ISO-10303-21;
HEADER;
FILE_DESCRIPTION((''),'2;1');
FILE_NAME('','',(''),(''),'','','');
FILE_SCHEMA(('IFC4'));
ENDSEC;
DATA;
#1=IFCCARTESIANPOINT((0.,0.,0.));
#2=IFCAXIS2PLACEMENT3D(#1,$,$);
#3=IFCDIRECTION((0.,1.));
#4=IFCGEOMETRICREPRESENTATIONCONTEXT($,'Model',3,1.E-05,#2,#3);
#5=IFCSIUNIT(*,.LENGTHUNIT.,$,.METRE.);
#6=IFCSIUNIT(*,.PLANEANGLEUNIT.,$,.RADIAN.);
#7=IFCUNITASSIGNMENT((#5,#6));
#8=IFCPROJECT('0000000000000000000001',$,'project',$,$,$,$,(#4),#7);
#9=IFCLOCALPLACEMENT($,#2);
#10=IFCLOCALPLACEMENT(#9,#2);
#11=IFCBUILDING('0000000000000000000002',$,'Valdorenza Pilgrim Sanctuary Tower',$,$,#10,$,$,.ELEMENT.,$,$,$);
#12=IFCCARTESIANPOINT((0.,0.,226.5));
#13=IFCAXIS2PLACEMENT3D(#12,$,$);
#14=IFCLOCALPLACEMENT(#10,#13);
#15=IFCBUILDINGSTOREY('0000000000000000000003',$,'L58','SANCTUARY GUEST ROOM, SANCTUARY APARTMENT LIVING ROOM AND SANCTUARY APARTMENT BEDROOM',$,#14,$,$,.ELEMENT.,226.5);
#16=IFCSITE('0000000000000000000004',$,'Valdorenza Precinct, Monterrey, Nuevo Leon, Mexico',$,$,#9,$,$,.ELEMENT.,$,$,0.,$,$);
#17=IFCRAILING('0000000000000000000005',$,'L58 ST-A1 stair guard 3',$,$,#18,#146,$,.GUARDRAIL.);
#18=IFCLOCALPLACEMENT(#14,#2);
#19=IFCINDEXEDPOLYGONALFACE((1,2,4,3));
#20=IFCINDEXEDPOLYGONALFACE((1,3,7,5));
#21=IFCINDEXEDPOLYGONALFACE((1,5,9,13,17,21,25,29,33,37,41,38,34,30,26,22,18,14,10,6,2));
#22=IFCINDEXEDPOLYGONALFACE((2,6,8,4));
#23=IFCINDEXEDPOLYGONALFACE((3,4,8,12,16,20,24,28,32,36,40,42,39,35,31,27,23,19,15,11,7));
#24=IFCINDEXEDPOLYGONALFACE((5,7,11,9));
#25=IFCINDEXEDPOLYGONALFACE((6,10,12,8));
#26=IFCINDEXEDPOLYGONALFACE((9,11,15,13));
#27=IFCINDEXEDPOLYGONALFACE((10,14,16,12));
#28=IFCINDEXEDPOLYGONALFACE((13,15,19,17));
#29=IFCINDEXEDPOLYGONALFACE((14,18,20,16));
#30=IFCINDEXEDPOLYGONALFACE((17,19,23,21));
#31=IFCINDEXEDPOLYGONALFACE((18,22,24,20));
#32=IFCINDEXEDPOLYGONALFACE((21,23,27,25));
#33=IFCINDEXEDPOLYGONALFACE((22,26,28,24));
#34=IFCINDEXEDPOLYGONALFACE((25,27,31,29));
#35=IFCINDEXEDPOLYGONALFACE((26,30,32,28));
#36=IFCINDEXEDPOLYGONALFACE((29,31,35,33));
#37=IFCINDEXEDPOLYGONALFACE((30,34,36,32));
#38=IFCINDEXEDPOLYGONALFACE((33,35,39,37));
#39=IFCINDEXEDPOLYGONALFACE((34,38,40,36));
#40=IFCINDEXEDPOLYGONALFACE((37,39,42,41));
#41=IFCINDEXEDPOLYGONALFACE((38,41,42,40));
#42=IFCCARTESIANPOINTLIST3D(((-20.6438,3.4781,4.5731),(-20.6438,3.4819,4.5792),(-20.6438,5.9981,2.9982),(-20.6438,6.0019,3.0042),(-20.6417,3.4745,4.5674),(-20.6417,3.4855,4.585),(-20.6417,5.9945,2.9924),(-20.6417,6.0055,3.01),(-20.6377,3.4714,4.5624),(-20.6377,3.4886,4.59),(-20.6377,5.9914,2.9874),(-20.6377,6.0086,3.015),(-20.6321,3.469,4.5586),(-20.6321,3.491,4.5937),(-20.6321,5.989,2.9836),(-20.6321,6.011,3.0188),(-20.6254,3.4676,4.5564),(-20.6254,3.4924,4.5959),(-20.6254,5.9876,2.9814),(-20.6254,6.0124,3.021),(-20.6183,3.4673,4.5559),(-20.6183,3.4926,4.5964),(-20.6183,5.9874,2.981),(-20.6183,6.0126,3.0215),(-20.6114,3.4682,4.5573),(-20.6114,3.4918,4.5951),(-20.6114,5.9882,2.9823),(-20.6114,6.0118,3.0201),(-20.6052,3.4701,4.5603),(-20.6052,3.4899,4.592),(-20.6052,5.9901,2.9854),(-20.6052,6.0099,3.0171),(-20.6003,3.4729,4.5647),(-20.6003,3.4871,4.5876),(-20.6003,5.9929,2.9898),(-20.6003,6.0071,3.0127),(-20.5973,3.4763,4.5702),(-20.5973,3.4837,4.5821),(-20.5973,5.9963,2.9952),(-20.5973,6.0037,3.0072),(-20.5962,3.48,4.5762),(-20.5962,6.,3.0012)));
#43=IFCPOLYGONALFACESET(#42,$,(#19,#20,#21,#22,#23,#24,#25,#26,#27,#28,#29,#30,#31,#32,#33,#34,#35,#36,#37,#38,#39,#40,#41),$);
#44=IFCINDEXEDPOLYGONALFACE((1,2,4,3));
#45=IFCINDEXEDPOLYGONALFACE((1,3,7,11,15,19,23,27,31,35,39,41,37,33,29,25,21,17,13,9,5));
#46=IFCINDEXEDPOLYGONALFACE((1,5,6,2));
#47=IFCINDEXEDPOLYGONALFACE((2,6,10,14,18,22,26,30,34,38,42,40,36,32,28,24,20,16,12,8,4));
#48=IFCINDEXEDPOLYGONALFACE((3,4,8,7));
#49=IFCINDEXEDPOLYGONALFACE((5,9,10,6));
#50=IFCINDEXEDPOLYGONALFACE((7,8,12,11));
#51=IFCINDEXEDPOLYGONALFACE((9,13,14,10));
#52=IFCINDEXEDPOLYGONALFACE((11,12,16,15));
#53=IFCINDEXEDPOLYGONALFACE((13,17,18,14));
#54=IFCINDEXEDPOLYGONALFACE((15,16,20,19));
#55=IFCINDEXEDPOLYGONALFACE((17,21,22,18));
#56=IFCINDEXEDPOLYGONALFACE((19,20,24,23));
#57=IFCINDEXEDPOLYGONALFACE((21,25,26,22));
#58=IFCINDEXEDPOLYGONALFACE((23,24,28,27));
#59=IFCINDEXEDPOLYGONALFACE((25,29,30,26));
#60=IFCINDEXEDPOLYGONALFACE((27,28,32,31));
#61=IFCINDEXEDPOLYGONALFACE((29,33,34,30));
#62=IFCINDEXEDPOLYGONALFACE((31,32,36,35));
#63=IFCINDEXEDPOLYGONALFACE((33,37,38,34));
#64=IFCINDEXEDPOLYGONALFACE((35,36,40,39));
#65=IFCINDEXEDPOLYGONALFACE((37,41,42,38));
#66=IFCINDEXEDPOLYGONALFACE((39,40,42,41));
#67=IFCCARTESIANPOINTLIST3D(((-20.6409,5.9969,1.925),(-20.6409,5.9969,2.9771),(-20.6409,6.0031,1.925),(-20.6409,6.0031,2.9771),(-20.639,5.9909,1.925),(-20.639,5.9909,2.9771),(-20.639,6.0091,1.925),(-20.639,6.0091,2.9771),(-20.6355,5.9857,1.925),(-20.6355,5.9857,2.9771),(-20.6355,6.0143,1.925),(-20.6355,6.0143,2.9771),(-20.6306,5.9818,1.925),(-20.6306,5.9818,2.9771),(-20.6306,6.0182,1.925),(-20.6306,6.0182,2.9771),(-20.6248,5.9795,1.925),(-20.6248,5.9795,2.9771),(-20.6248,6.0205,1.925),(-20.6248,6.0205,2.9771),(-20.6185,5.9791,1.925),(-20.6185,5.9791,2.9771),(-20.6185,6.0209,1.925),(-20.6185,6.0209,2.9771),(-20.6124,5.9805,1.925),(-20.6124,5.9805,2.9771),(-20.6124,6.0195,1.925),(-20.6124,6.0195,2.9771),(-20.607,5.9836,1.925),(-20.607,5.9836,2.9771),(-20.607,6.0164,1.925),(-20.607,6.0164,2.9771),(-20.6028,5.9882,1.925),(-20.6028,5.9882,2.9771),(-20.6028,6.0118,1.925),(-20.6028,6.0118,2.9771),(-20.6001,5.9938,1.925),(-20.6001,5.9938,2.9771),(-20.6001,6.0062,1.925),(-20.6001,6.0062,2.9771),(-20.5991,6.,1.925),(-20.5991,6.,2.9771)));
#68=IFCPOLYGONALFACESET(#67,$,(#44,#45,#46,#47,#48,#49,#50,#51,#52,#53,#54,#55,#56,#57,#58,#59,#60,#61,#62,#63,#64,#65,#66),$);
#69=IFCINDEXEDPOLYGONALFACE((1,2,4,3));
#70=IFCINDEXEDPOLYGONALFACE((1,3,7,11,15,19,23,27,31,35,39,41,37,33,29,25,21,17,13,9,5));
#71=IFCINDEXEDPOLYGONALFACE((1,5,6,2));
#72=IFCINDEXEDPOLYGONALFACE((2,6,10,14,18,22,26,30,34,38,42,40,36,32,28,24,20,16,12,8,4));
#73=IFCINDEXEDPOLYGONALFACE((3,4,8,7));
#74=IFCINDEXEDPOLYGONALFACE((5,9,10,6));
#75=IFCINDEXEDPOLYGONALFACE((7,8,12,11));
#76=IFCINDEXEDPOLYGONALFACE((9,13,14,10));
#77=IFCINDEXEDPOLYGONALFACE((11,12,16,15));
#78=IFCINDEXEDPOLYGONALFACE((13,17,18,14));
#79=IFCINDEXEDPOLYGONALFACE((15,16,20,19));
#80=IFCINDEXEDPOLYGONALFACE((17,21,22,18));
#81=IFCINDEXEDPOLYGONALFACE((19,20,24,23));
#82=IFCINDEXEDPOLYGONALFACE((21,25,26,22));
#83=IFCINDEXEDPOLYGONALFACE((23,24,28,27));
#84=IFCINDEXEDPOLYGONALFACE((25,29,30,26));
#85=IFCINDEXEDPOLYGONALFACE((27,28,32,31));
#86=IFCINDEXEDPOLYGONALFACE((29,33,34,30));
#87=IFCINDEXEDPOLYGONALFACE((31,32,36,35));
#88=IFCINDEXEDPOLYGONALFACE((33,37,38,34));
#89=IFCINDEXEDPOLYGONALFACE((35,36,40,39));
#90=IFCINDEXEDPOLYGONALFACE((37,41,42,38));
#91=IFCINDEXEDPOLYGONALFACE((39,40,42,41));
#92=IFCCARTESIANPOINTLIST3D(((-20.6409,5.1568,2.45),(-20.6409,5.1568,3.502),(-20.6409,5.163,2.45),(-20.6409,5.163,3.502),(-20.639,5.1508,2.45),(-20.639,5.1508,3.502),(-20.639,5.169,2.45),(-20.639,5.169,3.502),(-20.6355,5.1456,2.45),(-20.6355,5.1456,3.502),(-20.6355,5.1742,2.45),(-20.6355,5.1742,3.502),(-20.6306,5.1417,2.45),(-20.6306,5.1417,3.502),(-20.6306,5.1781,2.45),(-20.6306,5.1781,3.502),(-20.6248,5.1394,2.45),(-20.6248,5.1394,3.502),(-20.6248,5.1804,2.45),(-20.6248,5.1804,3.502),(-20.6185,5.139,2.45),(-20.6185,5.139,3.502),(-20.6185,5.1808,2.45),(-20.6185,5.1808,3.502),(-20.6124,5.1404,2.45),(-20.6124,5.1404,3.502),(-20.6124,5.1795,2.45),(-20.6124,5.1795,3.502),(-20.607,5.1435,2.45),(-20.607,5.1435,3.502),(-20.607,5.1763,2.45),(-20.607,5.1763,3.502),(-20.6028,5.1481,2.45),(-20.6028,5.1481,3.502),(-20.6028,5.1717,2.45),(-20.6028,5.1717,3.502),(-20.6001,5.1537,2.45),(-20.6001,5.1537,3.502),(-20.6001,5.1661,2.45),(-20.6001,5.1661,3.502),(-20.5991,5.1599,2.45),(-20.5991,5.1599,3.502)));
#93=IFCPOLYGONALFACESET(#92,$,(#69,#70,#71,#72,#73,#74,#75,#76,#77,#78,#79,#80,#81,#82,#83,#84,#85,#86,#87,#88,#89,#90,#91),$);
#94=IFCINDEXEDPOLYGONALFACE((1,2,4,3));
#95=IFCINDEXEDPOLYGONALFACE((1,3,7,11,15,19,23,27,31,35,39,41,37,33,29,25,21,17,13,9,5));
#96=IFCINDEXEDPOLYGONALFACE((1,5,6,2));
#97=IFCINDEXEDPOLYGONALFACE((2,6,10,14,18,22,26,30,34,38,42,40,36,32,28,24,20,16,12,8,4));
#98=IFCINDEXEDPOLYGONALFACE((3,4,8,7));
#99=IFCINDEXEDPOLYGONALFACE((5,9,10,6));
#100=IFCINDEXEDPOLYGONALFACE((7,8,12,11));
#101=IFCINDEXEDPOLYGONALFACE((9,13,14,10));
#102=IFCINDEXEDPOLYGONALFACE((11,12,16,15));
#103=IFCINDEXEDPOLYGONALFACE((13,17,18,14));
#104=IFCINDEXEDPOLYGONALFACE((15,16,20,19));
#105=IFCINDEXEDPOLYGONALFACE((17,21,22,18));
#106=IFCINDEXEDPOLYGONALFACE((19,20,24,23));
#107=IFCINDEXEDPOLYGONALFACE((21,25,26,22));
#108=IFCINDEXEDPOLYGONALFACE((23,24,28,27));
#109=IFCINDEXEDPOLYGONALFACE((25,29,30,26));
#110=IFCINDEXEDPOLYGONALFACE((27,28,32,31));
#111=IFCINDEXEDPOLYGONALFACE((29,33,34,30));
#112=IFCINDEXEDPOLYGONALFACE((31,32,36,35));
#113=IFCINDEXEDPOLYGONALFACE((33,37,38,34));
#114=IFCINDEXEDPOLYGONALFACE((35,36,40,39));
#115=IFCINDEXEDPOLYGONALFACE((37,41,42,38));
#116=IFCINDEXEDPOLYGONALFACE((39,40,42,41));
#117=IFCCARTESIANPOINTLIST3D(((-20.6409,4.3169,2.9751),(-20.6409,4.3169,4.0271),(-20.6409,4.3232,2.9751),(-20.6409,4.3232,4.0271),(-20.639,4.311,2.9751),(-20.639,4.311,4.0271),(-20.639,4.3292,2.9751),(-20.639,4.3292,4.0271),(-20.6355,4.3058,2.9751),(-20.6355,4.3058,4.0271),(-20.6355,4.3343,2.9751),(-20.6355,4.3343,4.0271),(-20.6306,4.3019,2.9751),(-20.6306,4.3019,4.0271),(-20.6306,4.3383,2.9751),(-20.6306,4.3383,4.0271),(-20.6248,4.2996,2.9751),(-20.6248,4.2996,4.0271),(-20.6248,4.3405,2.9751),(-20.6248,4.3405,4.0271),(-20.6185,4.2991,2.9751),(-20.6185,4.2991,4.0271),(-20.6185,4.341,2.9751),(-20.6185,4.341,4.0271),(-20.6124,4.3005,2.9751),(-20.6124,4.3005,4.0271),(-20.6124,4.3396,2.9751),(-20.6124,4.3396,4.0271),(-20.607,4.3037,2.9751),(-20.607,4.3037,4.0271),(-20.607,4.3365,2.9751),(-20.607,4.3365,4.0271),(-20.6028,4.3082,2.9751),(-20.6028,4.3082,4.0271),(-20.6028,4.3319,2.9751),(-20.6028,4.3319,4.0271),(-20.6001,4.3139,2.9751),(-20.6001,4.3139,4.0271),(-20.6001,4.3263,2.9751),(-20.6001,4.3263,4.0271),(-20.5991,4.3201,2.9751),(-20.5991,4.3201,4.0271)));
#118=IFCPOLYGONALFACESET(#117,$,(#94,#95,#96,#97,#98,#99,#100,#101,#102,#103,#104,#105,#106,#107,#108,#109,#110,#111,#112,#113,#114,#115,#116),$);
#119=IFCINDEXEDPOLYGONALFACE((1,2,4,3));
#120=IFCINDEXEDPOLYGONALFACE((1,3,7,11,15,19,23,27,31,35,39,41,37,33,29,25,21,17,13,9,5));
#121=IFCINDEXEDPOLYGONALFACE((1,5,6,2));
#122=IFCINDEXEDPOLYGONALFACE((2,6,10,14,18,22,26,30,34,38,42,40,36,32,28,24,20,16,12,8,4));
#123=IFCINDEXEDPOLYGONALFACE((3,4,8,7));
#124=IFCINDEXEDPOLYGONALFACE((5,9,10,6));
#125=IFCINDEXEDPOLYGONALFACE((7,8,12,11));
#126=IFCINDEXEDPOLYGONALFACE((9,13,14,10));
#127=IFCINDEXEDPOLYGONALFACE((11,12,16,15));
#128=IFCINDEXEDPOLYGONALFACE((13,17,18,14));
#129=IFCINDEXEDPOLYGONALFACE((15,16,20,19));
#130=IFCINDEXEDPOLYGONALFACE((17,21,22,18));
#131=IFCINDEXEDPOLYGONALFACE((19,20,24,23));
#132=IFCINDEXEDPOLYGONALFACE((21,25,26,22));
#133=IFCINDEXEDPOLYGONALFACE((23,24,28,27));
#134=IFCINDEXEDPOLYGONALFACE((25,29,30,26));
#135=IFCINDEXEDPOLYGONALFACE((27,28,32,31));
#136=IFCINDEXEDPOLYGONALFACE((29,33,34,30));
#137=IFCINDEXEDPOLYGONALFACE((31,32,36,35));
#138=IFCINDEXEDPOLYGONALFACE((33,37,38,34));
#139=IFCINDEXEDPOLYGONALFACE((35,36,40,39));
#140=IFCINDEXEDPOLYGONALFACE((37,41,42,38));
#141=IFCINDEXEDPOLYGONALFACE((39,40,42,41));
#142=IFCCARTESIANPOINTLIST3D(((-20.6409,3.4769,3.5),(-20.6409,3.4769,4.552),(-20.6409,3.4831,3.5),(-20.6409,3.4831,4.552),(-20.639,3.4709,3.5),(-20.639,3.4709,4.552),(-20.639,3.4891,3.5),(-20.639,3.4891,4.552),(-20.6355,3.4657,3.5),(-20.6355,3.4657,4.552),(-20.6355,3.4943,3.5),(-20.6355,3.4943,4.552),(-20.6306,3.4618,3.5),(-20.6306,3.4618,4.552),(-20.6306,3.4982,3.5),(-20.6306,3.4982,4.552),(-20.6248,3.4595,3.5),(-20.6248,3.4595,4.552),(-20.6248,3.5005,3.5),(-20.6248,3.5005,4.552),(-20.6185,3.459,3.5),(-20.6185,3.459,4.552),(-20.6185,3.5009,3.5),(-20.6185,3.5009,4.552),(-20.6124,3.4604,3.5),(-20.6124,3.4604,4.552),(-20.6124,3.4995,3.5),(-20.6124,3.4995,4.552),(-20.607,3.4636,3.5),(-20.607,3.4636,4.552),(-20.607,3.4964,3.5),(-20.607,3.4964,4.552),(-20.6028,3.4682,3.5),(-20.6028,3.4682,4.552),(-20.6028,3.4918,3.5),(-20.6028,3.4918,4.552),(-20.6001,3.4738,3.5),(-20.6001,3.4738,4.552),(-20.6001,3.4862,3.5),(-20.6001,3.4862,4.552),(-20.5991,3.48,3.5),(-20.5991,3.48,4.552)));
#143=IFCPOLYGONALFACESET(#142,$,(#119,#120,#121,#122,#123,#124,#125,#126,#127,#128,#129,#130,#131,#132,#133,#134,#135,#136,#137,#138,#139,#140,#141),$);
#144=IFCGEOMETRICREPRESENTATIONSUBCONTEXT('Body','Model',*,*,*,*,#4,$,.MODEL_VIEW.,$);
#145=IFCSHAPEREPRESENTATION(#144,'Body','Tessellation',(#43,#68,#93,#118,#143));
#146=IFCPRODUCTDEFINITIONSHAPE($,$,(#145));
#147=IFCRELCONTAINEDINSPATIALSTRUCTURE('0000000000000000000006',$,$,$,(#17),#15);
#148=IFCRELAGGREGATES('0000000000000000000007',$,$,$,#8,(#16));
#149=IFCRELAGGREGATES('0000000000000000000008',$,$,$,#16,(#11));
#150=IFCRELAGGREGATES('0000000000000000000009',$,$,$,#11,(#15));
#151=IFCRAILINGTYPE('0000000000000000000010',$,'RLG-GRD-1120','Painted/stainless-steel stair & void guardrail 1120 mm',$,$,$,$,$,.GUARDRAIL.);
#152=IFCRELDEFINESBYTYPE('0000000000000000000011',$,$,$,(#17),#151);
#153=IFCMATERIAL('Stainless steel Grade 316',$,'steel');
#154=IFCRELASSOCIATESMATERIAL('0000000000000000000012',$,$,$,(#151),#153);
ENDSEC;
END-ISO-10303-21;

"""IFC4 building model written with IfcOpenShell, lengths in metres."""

from ifc_helpers import new_model, si_unit, direction, frame, origin, origin_2d, place, context, subcontext, project, spatial, circle, extrude, material, type_object, element, save


model = new_model("IFC4")

# Units and contexts
model_context = context("Model", 3, precision=1e-05, world=origin(), true_north=direction((0.0, 1.0)))
body_context = subcontext(model_context, "Body", "Model", "MODEL_VIEW")
ifc_project = project(units=[si_unit("LENGTHUNIT", "METRE"), si_unit("PLANEANGLEUNIT", "RADIAN")], contexts=[model_context])

# Site, building, storey
site_placement = place(None, origin())
site = spatial("IfcSite", under=ifc_project, at=site_placement, Name="Valdorenza Precinct, Monterrey, Nuevo Leon, Mexico", CompositionType="ELEMENT", RefElevation=0.0)
building_placement = place(site_placement, origin())
building = spatial("IfcBuilding", under=site, at=building_placement, Name="Valdorenza Pilgrim Sanctuary Tower", CompositionType="ELEMENT")
storey_placement = place(building_placement, frame((0.0, 0.0, 226.5)))
storey = spatial("IfcBuildingStorey", under=building, at=storey_placement, Name="L58", Description="SANCTUARY GUEST ROOM, SANCTUARY APARTMENT LIVING ROOM AND SANCTUARY APARTMENT BEDROOM", CompositionType="ELEMENT", Elevation=226.5)

# Railing
ifc_material_1 = material(Name="Stainless steel Grade 316", Category="steel")
railing_type_1 = type_object("IfcRailingType", Name="RLG-GRD-1120", Description="Painted/stainless-steel stair & void guardrail 1120 mm", PredefinedType="GUARDRAIL", material=ifc_material_1)
railing_1_placement = place(storey_placement, frame((-20.6201, 6.0, 1.925)))
element("IfcRailing", 1, at=railing_1_placement, inside=storey, type_object=railing_type_1, Name="L58 ST-A1 stair guard 3", PredefinedType="GUARDRAIL", context=body_context, shape_type="SweptSolid", body=[
    extrude(circle(Radius=0.0239, at=origin_2d()), frame((0.0, 0.0, 1.0762), z_axis=(0.0, -0.848008, 0.529984), x_axis=(1.0, 0.0, 0.0)), (0.0, 0.0, 1.0), 2.9717),
    extrude(circle(Radius=0.021, at=origin_2d()), origin(), (0.0, 0.0, 1.0), 1.052),
    extrude(circle(Radius=0.021, at=origin_2d()), frame((0.0, -0.8401, 0.5249)), (0.0, 0.0, 1.0), 1.052),
    extrude(circle(Radius=0.021, at=origin_2d()), frame((0.0, -1.6799, 1.05)), (0.0, 0.0, 1.0), 1.052),
    extrude(circle(Radius=0.021, at=origin_2d()), frame((0.0, -2.52, 1.575)), (0.0, 0.0, 1.0), 1.052),
])

save(model, "model.ifc")
